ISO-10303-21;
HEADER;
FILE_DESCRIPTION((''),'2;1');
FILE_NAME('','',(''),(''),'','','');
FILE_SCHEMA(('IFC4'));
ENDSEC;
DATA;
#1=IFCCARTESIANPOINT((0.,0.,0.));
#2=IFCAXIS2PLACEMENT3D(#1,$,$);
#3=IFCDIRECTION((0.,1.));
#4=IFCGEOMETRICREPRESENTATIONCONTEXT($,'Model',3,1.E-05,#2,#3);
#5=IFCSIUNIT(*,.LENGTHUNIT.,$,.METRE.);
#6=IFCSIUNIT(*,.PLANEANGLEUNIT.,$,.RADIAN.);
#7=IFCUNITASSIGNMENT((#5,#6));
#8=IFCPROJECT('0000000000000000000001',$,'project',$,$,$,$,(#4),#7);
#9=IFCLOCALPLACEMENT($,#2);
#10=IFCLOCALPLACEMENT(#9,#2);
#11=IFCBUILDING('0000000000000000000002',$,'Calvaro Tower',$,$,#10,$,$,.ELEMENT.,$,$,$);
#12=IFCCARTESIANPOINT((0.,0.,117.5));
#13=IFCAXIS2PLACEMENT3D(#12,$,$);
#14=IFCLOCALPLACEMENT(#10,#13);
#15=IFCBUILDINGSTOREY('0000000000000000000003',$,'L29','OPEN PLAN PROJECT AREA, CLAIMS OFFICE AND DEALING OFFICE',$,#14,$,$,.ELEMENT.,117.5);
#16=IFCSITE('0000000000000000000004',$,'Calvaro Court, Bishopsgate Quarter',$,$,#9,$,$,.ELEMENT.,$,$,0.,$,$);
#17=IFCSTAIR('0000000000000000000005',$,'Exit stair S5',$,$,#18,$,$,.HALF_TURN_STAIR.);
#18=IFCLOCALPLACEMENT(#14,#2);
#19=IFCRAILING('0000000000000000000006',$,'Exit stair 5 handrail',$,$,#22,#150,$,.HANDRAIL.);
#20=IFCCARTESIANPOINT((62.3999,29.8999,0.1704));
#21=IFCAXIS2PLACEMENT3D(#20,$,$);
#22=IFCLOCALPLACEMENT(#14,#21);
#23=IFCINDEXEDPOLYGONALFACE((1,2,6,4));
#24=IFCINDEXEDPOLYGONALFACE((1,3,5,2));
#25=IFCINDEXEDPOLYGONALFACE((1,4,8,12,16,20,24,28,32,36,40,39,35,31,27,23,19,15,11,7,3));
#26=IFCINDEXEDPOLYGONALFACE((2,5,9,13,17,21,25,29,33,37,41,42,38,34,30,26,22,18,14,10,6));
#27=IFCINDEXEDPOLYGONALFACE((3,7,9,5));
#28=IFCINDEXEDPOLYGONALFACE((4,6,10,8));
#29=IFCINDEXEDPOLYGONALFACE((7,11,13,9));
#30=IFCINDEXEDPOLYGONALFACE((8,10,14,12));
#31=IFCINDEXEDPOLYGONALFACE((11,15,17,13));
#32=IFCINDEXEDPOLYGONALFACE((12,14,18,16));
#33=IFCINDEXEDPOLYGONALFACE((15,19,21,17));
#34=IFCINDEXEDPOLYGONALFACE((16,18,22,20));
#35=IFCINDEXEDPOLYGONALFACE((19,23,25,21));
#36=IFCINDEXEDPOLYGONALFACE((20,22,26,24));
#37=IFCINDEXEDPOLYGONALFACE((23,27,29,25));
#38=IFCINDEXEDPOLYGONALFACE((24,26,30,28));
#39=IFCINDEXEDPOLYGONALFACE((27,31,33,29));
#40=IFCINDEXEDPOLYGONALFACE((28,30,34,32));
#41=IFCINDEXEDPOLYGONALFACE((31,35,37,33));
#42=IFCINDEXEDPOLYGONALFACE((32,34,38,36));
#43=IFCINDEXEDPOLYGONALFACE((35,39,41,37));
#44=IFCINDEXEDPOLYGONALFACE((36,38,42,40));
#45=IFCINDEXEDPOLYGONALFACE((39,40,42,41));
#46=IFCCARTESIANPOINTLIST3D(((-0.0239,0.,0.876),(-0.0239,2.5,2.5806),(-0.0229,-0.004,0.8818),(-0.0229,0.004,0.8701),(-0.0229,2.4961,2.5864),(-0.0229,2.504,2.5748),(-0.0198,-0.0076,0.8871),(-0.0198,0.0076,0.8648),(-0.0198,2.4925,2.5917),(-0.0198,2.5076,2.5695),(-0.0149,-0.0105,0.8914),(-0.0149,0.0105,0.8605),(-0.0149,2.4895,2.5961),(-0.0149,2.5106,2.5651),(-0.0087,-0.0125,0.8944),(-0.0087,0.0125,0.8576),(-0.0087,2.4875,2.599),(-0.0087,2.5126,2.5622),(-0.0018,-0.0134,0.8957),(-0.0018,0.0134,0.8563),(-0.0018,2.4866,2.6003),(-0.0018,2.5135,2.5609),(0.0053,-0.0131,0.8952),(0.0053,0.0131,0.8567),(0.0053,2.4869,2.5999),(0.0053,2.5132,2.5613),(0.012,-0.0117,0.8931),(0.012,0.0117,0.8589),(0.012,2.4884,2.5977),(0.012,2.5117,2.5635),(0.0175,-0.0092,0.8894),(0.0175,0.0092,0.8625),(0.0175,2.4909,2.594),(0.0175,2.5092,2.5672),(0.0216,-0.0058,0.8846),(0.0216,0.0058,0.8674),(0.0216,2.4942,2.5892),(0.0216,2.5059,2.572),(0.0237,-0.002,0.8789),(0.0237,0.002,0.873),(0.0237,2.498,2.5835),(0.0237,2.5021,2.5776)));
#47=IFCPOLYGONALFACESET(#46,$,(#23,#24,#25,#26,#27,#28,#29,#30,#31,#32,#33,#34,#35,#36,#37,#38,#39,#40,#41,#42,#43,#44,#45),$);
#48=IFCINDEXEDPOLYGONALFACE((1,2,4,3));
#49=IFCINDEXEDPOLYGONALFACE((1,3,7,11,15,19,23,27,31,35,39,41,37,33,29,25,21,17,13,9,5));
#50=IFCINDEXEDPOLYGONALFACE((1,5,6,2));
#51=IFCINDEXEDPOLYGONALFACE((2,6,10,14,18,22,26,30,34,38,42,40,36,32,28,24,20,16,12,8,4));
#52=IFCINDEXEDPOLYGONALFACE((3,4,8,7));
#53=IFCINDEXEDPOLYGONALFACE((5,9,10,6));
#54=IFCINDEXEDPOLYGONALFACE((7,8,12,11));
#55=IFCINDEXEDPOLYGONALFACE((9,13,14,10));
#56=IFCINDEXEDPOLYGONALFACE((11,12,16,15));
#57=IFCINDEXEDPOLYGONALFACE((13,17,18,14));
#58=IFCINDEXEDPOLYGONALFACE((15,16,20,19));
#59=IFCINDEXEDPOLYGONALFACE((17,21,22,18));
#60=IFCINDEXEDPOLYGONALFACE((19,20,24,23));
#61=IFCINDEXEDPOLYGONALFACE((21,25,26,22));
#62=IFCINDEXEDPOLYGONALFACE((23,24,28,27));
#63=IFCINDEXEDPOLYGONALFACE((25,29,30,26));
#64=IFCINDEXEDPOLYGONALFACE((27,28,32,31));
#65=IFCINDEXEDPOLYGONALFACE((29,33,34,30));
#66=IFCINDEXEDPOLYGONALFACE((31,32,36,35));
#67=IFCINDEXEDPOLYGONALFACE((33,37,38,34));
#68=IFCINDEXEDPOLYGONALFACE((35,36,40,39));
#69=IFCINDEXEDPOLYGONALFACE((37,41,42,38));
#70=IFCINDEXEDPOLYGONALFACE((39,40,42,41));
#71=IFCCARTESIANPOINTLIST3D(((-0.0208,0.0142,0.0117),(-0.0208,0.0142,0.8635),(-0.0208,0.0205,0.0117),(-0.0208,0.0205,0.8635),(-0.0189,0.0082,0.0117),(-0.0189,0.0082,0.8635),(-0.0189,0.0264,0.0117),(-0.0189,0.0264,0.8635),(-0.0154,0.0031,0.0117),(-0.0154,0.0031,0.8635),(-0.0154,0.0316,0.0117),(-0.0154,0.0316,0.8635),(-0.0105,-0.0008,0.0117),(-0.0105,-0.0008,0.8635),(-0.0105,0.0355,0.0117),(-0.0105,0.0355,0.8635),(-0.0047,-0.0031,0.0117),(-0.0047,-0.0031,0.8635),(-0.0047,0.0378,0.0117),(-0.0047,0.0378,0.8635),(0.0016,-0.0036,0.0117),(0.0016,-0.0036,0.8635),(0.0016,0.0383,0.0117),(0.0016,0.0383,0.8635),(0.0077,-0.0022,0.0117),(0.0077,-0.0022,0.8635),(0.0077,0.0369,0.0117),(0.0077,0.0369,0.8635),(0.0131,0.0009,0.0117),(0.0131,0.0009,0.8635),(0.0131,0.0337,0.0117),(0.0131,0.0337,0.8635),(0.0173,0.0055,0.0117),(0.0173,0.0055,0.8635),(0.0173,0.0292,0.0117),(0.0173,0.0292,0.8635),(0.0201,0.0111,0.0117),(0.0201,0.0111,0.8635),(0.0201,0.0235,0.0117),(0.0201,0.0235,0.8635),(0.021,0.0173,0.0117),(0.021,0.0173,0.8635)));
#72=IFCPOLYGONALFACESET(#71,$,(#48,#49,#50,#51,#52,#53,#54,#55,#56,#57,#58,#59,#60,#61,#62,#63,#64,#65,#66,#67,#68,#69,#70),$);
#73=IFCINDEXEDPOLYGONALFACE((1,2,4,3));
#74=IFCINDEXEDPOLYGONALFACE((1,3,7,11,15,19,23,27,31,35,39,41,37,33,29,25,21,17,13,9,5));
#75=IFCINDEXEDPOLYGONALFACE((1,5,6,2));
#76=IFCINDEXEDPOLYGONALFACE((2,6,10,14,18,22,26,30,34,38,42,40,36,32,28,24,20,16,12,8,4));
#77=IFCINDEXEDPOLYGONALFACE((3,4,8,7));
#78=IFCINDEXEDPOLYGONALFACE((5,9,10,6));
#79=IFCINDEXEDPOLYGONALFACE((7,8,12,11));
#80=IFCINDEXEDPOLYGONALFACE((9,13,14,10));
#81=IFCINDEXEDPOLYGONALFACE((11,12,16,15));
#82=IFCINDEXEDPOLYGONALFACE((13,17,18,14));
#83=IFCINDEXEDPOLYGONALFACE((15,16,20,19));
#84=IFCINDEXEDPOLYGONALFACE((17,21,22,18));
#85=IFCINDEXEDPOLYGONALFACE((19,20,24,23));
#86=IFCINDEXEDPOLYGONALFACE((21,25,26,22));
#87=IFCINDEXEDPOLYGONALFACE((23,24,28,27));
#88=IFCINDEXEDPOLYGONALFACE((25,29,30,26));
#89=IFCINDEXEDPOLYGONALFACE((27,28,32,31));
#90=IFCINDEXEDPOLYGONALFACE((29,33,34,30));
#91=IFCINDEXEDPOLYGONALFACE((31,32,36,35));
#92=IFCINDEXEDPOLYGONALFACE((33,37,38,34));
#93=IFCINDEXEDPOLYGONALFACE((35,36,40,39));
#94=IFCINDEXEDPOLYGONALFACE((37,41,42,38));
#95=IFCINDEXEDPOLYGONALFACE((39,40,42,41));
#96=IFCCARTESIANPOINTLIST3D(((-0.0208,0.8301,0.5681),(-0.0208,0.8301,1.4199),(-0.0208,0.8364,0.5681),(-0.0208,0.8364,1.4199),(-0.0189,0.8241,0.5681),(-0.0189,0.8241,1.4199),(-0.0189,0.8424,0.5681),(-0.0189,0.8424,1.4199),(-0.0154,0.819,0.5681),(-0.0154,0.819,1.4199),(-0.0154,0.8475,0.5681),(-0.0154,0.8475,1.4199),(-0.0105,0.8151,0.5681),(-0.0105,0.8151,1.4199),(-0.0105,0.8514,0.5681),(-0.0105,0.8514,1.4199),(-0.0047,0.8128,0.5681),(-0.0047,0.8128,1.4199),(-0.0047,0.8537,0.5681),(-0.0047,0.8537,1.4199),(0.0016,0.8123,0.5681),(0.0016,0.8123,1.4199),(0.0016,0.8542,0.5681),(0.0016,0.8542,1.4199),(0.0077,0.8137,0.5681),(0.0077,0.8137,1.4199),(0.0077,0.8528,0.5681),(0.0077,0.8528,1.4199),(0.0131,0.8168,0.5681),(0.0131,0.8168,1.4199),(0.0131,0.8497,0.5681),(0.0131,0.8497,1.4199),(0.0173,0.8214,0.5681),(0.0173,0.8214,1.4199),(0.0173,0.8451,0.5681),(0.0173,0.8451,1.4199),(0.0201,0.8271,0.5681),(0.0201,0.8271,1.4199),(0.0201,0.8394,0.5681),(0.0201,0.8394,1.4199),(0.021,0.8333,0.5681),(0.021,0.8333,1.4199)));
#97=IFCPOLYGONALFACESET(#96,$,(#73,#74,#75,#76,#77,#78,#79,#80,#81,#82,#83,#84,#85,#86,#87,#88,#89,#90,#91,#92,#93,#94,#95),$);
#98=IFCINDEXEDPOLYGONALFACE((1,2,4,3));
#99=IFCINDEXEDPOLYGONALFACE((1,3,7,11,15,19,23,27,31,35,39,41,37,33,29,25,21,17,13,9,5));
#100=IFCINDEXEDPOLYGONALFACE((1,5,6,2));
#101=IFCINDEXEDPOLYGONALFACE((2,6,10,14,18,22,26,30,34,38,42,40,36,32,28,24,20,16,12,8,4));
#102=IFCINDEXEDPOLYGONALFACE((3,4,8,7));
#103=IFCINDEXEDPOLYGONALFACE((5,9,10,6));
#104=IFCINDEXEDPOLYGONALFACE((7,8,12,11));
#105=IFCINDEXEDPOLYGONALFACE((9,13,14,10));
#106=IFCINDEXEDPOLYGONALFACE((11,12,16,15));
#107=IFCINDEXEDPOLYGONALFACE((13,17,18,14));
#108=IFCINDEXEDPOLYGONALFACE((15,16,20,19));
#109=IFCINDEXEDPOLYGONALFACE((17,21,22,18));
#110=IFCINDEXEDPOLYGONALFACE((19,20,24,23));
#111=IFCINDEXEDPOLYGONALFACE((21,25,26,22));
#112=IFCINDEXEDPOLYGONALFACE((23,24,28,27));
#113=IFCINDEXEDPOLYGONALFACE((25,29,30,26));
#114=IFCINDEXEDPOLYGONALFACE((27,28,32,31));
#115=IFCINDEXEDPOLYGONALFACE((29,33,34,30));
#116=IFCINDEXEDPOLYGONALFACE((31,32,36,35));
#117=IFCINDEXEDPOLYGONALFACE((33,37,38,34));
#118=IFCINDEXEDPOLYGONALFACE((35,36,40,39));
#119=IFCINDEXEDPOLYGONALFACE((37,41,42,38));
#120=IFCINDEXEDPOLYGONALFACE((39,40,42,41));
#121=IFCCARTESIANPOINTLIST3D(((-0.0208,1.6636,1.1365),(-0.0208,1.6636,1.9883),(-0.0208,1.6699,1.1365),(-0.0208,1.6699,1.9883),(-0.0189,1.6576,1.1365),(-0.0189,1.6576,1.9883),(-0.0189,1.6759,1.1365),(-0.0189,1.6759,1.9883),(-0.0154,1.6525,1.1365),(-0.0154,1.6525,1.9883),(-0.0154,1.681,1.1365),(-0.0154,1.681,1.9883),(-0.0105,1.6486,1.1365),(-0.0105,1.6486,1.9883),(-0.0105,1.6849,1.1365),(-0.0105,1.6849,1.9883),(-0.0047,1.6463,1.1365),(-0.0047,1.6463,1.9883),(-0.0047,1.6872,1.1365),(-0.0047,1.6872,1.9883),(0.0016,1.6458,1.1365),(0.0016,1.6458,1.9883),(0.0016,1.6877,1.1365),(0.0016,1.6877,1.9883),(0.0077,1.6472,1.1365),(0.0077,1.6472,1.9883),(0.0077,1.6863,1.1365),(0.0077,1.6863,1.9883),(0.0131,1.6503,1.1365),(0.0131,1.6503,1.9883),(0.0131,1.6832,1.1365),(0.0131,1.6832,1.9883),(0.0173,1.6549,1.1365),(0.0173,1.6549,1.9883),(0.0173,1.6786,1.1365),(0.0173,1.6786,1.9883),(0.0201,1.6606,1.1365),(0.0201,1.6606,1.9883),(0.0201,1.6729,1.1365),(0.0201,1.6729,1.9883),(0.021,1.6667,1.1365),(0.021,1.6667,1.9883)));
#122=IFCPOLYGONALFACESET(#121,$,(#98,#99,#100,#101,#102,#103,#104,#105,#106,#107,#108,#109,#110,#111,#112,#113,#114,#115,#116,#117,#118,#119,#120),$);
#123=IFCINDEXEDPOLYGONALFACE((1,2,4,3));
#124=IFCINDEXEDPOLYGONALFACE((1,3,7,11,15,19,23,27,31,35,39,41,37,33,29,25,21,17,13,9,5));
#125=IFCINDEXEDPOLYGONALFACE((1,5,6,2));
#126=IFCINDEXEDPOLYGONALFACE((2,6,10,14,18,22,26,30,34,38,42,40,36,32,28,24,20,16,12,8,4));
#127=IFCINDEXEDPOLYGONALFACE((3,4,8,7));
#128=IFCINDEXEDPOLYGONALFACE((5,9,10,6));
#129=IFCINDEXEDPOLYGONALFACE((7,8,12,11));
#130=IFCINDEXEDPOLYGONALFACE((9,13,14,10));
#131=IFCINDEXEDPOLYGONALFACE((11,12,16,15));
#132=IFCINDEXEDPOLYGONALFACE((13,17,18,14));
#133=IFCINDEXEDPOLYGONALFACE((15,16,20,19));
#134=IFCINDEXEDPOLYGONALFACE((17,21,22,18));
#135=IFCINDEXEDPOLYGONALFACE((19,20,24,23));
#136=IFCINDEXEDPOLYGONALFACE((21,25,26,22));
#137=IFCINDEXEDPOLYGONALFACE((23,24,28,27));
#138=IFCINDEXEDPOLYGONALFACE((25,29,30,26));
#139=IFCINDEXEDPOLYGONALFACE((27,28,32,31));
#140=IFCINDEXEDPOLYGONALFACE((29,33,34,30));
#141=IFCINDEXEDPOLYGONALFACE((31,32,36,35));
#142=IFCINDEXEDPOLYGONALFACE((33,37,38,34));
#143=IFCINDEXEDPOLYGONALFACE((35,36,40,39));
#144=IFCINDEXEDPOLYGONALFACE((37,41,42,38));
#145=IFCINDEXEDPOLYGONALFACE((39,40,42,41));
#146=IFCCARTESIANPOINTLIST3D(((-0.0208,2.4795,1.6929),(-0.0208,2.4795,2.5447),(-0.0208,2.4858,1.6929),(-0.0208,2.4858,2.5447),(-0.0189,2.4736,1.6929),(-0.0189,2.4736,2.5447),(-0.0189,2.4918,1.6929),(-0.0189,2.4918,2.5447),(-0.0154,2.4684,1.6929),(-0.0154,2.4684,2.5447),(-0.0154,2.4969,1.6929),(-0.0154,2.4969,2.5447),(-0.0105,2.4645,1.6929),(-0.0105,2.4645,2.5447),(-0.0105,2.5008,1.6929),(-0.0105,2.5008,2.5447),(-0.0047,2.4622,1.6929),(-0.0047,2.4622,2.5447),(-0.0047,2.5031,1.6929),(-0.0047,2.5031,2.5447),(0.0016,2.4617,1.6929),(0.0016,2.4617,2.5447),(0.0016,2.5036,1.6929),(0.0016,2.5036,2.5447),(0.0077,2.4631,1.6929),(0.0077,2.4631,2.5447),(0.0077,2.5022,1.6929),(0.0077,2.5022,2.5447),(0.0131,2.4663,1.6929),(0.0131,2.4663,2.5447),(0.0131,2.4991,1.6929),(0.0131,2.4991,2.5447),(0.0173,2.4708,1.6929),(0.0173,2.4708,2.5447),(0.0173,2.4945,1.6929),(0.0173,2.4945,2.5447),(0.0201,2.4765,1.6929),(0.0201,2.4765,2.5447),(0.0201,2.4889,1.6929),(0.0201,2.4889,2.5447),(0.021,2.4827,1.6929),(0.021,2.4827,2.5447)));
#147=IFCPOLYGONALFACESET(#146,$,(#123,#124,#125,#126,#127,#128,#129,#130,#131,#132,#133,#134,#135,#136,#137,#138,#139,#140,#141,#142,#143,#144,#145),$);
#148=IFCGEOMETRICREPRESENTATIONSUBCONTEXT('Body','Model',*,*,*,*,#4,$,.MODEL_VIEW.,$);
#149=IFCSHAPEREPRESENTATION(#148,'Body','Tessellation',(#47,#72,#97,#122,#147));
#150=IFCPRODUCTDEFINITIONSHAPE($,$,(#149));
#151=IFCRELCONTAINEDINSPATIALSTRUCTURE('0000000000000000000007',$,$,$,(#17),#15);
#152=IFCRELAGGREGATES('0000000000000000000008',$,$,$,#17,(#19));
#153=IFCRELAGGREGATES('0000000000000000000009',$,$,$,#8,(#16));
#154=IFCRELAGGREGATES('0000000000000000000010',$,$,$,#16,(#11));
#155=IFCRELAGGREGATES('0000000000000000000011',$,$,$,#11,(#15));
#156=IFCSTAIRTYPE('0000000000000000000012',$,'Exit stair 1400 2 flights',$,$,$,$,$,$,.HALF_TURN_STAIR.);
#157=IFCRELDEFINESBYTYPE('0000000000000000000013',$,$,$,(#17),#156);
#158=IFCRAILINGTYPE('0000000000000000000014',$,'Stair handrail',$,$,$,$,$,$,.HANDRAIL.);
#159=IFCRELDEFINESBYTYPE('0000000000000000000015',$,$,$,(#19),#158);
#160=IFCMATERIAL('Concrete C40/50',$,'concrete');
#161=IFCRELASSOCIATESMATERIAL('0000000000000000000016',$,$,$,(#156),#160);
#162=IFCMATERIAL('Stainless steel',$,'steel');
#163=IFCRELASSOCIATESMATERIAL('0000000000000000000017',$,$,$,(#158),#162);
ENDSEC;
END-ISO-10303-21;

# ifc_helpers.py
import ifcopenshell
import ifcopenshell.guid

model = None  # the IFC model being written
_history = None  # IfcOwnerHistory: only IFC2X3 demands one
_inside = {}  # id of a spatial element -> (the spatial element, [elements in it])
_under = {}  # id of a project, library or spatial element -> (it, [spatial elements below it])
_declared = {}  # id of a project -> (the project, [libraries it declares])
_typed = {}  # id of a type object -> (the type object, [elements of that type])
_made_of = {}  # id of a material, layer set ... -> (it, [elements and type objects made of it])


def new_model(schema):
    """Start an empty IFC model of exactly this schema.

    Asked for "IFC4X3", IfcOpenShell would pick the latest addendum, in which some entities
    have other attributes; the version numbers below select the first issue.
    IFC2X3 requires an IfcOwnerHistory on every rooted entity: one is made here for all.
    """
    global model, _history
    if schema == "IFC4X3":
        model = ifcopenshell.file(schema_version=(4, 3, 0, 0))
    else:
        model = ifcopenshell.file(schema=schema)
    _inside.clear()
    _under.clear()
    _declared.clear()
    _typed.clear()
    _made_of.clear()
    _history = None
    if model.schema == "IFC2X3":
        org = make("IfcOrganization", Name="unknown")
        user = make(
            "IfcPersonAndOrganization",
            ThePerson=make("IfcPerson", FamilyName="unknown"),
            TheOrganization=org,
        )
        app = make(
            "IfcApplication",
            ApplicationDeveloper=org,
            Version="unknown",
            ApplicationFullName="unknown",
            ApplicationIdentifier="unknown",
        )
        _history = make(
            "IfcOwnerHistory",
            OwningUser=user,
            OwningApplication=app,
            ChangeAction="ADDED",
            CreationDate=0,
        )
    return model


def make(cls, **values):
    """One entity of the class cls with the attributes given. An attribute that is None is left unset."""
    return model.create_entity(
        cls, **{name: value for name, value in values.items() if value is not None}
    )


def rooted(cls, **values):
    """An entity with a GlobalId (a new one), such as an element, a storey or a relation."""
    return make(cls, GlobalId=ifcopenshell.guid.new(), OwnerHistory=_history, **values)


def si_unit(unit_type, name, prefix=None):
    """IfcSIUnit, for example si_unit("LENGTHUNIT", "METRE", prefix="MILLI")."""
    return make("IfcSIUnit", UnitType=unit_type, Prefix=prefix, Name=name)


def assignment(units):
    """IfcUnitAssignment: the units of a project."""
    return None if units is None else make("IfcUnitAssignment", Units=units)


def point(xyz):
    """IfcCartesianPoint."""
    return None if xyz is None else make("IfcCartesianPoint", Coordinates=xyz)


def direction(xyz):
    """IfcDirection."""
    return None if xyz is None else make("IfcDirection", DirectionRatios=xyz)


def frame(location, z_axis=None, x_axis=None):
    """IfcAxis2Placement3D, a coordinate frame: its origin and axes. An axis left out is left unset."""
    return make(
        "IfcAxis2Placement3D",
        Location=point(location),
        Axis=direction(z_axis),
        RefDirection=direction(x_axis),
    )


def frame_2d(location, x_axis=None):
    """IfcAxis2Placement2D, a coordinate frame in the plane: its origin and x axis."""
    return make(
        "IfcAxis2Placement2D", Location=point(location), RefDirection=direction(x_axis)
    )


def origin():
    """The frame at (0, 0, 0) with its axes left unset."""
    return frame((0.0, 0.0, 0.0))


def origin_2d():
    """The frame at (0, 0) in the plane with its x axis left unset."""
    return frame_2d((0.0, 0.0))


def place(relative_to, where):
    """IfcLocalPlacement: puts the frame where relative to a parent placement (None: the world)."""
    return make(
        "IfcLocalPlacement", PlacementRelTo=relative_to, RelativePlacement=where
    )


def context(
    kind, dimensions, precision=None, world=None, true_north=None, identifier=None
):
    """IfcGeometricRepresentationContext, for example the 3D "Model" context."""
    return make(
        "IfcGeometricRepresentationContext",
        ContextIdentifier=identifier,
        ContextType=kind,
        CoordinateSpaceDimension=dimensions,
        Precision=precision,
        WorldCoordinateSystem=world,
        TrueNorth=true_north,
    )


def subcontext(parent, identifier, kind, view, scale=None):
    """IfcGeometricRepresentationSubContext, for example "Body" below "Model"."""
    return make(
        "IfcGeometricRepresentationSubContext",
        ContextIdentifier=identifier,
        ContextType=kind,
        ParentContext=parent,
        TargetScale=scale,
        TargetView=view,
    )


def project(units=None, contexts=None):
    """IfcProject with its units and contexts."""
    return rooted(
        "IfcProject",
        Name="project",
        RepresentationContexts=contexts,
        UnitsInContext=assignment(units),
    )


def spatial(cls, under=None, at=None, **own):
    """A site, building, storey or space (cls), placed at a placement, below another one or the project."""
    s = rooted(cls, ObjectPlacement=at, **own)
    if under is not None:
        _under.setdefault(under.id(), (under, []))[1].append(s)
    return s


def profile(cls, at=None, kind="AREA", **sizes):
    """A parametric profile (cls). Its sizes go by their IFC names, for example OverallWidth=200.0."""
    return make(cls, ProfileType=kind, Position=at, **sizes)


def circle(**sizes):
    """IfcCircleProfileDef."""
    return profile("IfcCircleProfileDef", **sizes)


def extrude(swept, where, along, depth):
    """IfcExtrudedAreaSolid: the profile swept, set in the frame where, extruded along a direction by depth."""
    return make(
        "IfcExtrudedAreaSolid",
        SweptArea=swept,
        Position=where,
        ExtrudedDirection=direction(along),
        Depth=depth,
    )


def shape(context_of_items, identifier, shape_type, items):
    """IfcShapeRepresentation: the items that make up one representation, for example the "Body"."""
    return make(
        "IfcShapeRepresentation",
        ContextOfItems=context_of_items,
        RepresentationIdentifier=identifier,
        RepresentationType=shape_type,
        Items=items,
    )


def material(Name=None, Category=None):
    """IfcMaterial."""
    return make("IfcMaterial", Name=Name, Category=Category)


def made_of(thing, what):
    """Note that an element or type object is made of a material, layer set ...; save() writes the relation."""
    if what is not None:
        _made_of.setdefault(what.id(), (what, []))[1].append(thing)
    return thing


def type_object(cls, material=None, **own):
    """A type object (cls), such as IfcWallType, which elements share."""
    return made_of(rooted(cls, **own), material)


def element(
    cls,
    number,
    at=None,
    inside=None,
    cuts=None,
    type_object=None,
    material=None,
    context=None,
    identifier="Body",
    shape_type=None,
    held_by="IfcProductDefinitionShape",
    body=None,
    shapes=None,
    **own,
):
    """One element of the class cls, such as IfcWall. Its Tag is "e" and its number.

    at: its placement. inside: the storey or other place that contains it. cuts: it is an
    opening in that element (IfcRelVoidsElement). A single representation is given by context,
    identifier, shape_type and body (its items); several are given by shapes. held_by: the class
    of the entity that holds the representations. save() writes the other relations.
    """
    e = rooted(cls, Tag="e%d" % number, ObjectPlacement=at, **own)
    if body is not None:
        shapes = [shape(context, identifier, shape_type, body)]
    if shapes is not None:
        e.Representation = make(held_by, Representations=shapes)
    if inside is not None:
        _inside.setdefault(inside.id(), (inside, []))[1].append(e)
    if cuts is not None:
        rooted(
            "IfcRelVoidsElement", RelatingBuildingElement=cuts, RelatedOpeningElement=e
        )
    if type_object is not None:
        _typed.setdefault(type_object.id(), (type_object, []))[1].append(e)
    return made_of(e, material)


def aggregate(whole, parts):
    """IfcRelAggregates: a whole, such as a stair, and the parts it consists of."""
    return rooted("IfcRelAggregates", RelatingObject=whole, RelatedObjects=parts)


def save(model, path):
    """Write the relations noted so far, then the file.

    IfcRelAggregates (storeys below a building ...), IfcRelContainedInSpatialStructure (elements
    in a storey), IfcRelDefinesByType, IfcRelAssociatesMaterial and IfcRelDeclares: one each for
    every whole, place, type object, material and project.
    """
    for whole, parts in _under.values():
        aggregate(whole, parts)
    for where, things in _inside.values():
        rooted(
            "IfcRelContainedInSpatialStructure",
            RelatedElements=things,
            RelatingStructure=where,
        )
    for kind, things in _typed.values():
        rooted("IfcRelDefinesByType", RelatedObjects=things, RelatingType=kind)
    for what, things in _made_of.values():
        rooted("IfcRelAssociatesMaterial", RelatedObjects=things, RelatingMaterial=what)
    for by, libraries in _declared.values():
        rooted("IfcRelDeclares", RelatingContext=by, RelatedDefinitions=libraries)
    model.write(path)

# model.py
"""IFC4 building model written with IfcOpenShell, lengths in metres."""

from ifc_helpers import new_model, si_unit, direction, frame, origin, origin_2d, place, context, subcontext, project, spatial, circle, extrude, material, type_object, element, aggregate, save


model = new_model("IFC4")

# Units and contexts
model_context = context("Model", 3, precision=1e-05, world=origin(), true_north=direction((0.0, 1.0)))
body_context = subcontext(model_context, "Body", "Model", "MODEL_VIEW")
ifc_project = project(units=[si_unit("LENGTHUNIT", "METRE"), si_unit("PLANEANGLEUNIT", "RADIAN")], contexts=[model_context])

# Site, building, storey
site_placement = place(None, origin())
site = spatial("IfcSite", under=ifc_project, at=site_placement, Name="Calvaro Court, Bishopsgate Quarter", CompositionType="ELEMENT", RefElevation=0.0)
building_placement = place(site_placement, origin())
building = spatial("IfcBuilding", under=site, at=building_placement, Name="Calvaro Tower", CompositionType="ELEMENT")
storey_placement = place(building_placement, frame((0.0, 0.0, 117.5)))
storey = spatial("IfcBuildingStorey", under=building, at=storey_placement, Name="L29", Description="OPEN PLAN PROJECT AREA, CLAIMS OFFICE AND DEALING OFFICE", CompositionType="ELEMENT", Elevation=117.5)

# Stair
ifc_material_1 = material(Name="Concrete C40/50", Category="concrete")
stair_type = type_object("IfcStairType", Name="Exit stair 1400 2 flights", PredefinedType="HALF_TURN_STAIR", material=ifc_material_1)
stair_1_placement = place(storey_placement, origin())
stair_1 = element("IfcStair", 1, at=stair_1_placement, inside=storey, type_object=stair_type, Name="Exit stair S5", PredefinedType="HALF_TURN_STAIR")

# Shared definitions
ifc_material_2 = material(Name="Stainless steel", Category="steel")
railing_type = type_object("IfcRailingType", Name="Stair handrail", PredefinedType="HANDRAIL", material=ifc_material_2)

# Railing
railing_1_placement = place(storey_placement, frame((62.3999, 29.8999, 0.1704)))
railing_1 = element("IfcRailing", 2, at=railing_1_placement, type_object=railing_type, Name="Exit stair 5 handrail", PredefinedType="HANDRAIL", context=body_context, shape_type="SweptSolid", body=[
    extrude(circle(Radius=0.0239, at=origin_2d()), frame((0.0, 0.0, 0.876), z_axis=(0.0, 0.826221, 0.563347), x_axis=(-1.0, 0.0, 0.0)), (0.0, 0.0, 1.0), 3.0259),
    extrude(circle(Radius=0.021, at=origin_2d()), frame((0.0, 0.0173, 0.0117)), (0.0, 0.0, 1.0), 0.8518),
    extrude(circle(Radius=0.021, at=origin_2d()), frame((0.0, 0.8333, 0.5681)), (0.0, 0.0, 1.0), 0.8518),
    extrude(circle(Radius=0.021, at=origin_2d()), frame((0.0, 1.6667, 1.1365)), (0.0, 0.0, 1.0), 0.8518),
    extrude(circle(Radius=0.021, at=origin_2d()), frame((0.0, 2.4827, 1.6929)), (0.0, 0.0, 1.0), 0.8518),
])
aggregate(stair_1, [railing_1])

save(model, "model.ifc")
